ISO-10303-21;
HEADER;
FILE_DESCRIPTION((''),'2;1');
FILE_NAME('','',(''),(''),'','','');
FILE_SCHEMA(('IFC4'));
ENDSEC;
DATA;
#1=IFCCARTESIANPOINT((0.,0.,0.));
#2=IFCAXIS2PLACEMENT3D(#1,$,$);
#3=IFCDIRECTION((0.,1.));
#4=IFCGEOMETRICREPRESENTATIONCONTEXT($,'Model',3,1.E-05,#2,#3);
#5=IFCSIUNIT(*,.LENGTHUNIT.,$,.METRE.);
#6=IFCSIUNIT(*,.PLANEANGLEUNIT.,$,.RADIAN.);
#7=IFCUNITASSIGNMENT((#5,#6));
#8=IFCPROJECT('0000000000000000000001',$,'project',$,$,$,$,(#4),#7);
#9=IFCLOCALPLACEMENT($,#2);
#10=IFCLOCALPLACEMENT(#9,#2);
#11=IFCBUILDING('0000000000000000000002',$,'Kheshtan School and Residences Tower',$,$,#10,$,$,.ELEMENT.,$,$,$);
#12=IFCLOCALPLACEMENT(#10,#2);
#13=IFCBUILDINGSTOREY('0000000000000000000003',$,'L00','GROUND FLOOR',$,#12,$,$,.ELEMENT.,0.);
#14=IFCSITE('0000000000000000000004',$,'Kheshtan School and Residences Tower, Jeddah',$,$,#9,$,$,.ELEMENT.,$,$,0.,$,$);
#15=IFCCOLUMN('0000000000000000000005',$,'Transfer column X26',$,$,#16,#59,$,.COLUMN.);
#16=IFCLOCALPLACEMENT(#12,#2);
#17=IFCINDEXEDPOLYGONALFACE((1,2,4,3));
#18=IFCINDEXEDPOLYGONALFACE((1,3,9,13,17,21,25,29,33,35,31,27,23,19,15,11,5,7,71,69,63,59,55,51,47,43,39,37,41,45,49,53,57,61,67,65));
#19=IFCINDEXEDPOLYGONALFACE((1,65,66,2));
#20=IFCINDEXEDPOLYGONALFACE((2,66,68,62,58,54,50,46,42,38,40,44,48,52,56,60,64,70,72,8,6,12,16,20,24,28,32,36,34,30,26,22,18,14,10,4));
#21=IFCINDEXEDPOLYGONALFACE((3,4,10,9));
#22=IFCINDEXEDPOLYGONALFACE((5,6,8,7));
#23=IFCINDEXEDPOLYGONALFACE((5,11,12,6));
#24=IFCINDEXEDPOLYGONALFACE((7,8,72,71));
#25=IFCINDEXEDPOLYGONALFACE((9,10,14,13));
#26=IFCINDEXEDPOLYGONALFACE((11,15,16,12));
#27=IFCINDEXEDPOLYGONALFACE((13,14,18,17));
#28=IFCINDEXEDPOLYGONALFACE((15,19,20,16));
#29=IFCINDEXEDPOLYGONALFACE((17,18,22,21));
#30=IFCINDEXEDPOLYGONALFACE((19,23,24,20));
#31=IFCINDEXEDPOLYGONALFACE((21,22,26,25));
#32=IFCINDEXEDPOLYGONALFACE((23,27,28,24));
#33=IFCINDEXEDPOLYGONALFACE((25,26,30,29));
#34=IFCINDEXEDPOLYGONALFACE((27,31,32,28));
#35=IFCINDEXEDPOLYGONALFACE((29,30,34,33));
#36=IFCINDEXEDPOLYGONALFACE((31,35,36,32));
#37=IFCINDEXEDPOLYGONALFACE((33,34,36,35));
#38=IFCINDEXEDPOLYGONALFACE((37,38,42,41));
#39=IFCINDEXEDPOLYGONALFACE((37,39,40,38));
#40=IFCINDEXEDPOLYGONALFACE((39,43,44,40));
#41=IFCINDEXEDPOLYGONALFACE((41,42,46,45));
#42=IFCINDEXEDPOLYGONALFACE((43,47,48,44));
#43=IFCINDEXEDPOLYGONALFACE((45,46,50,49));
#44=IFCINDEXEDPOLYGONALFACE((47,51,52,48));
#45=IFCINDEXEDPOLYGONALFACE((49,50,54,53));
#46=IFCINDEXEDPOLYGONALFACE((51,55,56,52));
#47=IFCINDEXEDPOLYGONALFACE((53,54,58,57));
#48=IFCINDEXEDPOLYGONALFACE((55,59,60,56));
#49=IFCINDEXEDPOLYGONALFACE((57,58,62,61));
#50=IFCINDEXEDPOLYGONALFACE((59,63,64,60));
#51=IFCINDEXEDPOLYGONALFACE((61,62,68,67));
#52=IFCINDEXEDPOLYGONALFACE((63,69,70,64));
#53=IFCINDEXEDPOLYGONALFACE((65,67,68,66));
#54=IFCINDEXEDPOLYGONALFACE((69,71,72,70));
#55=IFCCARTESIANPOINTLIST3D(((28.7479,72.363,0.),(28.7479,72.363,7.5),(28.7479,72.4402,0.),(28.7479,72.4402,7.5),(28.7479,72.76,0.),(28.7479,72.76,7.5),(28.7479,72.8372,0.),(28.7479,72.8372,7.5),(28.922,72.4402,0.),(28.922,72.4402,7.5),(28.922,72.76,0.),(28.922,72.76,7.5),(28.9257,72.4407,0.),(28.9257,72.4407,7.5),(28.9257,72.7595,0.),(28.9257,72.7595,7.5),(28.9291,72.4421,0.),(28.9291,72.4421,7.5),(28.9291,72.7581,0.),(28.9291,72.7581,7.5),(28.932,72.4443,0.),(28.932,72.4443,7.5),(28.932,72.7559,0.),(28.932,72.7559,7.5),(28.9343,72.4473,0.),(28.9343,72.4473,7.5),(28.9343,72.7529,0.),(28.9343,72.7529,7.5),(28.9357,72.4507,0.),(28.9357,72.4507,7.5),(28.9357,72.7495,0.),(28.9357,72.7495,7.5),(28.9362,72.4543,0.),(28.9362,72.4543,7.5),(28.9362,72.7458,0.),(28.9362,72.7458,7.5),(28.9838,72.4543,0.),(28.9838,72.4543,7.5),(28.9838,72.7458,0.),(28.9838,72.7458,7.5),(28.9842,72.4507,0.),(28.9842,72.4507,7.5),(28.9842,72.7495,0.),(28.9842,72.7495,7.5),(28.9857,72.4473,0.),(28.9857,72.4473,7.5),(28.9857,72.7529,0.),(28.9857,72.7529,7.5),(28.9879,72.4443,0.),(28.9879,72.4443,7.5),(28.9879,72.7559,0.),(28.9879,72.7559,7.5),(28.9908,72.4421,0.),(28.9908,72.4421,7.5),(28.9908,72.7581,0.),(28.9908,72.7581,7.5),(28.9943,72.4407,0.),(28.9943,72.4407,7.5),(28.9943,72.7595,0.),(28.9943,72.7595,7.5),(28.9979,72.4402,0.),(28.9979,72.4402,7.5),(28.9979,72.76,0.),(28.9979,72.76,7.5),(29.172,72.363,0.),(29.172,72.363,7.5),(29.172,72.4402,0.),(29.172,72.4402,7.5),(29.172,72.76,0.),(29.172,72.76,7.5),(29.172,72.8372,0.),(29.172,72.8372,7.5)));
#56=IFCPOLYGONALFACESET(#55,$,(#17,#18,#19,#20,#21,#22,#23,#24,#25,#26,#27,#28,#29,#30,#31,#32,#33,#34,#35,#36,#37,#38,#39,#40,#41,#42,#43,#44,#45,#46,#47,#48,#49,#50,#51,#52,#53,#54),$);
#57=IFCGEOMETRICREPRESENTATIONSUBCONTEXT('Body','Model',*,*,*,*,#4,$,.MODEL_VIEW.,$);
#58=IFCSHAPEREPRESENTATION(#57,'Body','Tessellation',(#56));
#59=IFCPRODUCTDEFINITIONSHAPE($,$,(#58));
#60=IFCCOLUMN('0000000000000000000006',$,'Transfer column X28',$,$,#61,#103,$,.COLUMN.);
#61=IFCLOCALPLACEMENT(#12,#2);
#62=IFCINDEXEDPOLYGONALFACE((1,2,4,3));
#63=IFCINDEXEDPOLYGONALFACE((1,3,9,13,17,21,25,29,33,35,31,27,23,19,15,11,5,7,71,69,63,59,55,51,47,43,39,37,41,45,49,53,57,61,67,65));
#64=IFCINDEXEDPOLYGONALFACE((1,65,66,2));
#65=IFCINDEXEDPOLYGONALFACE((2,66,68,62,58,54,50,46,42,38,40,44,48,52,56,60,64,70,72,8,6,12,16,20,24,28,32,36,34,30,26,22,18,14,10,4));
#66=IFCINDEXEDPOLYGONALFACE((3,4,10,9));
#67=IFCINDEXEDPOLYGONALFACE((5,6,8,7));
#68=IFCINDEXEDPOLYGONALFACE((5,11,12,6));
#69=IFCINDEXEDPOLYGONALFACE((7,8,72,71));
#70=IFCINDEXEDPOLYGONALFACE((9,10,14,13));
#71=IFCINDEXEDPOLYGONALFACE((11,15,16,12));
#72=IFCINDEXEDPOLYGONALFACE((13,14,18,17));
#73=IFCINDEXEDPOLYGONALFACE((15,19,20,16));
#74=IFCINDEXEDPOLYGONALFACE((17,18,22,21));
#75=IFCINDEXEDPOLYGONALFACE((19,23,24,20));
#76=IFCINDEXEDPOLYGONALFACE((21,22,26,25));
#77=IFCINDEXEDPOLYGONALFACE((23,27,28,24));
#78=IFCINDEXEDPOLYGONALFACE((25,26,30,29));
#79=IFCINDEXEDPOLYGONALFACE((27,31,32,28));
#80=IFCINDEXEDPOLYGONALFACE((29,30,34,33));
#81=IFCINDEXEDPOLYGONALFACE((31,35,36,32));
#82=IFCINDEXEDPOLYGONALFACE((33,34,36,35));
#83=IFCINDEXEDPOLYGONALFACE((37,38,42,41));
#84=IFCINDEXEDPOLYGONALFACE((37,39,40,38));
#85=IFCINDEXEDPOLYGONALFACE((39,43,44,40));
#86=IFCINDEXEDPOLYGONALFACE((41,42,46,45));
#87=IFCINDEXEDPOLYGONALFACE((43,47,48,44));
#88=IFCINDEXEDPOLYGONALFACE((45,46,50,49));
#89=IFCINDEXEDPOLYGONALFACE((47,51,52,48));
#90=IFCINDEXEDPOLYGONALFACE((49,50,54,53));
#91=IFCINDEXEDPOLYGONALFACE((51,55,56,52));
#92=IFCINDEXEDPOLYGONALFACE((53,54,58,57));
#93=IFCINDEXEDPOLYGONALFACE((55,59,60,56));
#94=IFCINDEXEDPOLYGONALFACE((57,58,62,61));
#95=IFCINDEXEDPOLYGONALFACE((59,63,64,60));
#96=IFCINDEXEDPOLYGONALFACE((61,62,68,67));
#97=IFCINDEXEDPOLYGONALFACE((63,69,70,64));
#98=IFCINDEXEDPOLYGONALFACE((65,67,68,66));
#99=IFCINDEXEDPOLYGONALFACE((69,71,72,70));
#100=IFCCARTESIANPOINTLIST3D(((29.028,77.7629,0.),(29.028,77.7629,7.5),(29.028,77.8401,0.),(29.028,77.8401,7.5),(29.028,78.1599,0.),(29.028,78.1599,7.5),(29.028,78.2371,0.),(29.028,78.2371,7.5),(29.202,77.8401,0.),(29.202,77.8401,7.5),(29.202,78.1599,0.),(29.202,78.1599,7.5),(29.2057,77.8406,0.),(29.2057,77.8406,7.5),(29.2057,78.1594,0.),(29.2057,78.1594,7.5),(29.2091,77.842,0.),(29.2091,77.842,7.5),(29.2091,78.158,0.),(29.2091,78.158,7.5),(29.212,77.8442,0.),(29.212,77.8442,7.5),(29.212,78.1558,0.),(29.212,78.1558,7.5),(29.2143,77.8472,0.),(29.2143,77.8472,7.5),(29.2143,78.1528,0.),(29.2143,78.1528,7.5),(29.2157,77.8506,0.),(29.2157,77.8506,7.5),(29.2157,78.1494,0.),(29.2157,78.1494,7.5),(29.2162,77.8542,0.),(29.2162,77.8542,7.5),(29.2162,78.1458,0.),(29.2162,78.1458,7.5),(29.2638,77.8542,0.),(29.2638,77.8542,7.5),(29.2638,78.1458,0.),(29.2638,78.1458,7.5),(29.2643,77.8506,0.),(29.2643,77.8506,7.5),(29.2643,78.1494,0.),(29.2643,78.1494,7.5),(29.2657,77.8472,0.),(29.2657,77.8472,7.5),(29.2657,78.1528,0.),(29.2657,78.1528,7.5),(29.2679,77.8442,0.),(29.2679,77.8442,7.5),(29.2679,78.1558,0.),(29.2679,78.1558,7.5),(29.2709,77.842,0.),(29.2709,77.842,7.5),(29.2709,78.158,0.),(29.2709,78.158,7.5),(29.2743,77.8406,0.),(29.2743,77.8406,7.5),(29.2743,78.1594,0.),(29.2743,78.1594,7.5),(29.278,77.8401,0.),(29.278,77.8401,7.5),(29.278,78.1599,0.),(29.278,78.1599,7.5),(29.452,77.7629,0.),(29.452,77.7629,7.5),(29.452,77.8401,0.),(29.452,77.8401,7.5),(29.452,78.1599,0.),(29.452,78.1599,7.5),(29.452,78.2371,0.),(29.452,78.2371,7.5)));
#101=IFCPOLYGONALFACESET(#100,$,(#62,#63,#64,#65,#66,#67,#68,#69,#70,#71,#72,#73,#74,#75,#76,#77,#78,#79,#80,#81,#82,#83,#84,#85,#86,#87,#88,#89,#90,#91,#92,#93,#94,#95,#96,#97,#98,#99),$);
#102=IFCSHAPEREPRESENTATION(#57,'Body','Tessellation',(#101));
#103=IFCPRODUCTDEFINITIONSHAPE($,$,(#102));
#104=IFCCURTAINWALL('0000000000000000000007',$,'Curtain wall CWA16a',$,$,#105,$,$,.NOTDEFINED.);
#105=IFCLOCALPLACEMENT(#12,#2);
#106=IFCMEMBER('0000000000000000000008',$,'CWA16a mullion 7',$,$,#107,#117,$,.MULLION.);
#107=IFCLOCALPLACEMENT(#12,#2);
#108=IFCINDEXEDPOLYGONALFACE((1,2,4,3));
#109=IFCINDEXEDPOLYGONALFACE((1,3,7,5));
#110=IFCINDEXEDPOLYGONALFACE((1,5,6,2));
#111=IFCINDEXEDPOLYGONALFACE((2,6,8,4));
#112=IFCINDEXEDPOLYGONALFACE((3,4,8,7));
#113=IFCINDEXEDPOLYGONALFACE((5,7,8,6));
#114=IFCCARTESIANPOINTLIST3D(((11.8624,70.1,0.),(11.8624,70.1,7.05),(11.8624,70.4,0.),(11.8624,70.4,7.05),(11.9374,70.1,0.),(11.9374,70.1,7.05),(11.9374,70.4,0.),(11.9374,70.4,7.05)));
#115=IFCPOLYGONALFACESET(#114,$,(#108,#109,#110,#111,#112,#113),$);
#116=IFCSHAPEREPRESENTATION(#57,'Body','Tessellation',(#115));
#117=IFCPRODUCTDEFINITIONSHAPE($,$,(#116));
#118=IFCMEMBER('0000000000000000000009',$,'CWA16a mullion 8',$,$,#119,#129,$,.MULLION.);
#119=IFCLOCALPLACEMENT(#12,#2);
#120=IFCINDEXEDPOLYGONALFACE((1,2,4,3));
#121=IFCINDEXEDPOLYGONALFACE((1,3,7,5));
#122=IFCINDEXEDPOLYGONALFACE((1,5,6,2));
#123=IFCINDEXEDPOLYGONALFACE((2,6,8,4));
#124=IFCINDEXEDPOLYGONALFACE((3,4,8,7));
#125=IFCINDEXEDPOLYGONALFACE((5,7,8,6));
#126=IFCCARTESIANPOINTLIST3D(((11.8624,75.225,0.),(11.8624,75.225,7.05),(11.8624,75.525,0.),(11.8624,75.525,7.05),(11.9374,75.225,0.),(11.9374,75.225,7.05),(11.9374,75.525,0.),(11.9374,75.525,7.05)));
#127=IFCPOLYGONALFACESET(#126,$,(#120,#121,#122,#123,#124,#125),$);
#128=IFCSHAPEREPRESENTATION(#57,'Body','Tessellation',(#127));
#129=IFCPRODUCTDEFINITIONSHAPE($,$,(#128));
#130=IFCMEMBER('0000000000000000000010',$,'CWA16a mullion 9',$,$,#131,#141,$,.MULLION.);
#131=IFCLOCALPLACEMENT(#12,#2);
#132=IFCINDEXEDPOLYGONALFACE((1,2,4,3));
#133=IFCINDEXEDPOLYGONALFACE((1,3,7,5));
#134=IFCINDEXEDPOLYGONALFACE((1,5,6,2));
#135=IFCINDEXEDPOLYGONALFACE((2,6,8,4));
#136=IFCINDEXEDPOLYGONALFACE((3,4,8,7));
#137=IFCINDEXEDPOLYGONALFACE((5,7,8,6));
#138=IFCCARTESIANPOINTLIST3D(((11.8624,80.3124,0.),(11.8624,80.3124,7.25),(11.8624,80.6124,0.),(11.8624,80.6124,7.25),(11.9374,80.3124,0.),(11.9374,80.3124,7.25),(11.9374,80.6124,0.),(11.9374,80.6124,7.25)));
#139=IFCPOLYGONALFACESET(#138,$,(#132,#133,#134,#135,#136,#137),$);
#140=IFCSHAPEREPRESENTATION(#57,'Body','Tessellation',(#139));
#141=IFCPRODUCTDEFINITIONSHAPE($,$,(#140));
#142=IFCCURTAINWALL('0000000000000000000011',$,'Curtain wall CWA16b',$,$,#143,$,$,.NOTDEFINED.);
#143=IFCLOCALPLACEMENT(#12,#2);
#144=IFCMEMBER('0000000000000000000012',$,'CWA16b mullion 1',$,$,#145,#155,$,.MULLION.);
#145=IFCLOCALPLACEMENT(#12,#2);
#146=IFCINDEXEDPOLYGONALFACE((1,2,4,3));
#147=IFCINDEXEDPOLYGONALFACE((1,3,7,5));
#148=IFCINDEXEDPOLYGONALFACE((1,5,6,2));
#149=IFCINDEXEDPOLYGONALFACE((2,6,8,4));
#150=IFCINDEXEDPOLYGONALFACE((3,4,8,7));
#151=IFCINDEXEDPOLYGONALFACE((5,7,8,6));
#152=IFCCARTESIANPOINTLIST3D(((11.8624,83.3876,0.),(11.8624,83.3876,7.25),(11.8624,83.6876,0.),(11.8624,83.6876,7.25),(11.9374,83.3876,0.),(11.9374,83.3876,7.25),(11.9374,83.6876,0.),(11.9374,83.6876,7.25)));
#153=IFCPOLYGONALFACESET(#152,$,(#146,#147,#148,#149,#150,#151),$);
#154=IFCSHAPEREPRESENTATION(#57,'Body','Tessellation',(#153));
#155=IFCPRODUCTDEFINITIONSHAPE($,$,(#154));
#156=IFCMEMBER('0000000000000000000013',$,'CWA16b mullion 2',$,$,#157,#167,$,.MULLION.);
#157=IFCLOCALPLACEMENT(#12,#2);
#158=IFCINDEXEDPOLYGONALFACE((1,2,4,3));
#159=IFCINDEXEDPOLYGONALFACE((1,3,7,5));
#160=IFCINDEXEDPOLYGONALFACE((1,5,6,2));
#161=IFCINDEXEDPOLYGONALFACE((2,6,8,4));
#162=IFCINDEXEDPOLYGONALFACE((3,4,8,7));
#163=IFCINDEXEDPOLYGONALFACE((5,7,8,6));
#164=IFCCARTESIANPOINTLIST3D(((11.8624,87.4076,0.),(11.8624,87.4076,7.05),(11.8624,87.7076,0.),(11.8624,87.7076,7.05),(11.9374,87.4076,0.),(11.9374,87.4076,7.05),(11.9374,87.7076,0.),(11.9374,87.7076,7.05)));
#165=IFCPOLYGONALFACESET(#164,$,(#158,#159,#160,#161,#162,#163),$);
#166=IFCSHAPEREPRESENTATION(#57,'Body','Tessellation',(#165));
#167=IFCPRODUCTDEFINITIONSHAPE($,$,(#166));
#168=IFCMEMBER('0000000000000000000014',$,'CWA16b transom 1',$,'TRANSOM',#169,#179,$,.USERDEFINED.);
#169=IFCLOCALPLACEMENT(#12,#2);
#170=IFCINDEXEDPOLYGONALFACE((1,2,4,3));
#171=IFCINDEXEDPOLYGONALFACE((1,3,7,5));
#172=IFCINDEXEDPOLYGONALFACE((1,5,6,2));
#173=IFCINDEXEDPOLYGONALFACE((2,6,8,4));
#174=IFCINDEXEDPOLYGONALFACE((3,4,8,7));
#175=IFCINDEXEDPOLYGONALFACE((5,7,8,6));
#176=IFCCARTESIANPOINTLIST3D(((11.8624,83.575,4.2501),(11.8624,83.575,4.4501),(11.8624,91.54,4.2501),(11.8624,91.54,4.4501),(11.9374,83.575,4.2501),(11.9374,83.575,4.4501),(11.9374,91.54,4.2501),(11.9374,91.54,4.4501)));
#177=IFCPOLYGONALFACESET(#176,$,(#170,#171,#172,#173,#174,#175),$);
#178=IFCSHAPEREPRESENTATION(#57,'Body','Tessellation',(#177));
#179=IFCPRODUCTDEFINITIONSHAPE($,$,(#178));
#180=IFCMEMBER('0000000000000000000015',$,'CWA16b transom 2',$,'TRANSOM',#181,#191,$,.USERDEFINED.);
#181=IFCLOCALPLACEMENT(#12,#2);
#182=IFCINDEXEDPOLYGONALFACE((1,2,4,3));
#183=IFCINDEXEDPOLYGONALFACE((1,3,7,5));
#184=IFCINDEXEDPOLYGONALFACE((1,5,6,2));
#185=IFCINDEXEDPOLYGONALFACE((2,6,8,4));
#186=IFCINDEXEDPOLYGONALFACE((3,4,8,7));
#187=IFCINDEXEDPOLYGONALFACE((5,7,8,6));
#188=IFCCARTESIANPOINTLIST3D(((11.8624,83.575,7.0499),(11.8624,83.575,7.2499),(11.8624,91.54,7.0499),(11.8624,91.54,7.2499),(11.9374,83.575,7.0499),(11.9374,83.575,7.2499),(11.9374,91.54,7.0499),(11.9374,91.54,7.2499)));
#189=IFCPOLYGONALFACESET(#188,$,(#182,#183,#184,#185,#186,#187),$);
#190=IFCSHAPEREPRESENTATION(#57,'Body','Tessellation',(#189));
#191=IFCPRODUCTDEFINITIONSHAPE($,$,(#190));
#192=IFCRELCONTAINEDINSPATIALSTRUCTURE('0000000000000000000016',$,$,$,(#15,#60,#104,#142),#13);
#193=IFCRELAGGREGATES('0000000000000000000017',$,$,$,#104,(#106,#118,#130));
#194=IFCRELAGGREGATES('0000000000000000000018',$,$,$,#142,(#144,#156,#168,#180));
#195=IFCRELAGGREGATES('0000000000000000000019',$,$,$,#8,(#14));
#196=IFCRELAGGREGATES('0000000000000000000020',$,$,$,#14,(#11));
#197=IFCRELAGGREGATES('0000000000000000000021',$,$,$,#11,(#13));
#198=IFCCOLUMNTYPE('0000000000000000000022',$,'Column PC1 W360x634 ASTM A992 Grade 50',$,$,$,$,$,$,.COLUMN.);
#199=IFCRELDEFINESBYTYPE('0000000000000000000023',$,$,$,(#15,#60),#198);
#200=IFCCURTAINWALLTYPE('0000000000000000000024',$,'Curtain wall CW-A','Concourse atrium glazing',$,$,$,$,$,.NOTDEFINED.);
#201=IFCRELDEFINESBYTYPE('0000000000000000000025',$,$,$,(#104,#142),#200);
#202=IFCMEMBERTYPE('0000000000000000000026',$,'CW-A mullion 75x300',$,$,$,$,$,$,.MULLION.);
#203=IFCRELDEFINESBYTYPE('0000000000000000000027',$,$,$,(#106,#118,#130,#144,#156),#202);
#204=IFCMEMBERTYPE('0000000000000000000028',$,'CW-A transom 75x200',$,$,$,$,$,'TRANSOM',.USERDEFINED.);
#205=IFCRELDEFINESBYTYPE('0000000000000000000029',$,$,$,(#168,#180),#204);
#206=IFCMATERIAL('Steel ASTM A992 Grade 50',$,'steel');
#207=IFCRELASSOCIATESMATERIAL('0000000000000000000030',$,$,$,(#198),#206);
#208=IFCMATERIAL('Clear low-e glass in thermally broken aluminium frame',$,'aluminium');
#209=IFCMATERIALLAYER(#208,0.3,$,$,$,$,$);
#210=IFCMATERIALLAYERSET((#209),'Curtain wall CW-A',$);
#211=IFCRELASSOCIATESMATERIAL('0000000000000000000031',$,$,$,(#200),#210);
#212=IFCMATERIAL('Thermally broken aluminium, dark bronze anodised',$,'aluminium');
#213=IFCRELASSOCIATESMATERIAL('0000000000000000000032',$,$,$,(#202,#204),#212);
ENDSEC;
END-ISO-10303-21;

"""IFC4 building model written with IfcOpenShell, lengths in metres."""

from ifc_helpers import new_model, si_unit, direction, frame, origin, origin_2d, place, context, subcontext, project, spatial, rectangle, i_section, extrude, material, layer, layer_set, material_profile, profile_set, type_object, element, aggregate, save


model = new_model("IFC4")

# Units and contexts
model_context = context("Model", 3, precision=1e-05, world=origin(), true_north=direction((0.0, 1.0)))
body_context = subcontext(model_context, "Body", "Model", "MODEL_VIEW")
ifc_project = project(units=[si_unit("LENGTHUNIT", "METRE"), si_unit("PLANEANGLEUNIT", "RADIAN")], contexts=[model_context])

# Site, building, storey
site_placement = place(None, origin())
site = spatial("IfcSite", under=ifc_project, at=site_placement, Name="Kheshtan School and Residences Tower, Jeddah", CompositionType="ELEMENT", RefElevation=0.0)
building_placement = place(site_placement, origin())
building = spatial("IfcBuilding", under=site, at=building_placement, Name="Kheshtan School and Residences Tower", CompositionType="ELEMENT")
storey_placement = place(building_placement, origin())
storey = spatial("IfcBuildingStorey", under=building, at=storey_placement, Name="L00", Description="GROUND FLOOR", CompositionType="ELEMENT", Elevation=0.0)

# Columns
ifc_material_1 = material(Name="Steel ASTM A992 Grade 50", Category="steel")
ifc_material_profile_1 = material_profile(ifc_material_1, i_section(OverallWidth=0.4241, OverallDepth=0.4741, WebThickness=0.0476, FlangeThickness=0.0771, FilletRadius=0.0142, at=origin_2d()), Name="W360x634")
ifc_profile_set_1 = profile_set([ifc_material_profile_1], Name="Steel ASTM A992 Grade 50")
column_type = type_object("IfcColumnType", Name="Column PC1 W360x634 ASTM A992 Grade 50", PredefinedType="COLUMN", material=ifc_profile_set_1)
for number, where, z_axis, x_axis, name in (
    (1, (28.96, 72.6001, 0.0), (0.0, 0.0, 1.0), (1.0, 0.0, 0.0), "Transfer column X26"),
    (2, (29.24, 78.0, 0.0), (0.0, 0.0, 1.0), (1.0, 0.0, 0.0), "Transfer column X28"),
):
    element("IfcColumn", number, at=place(storey_placement, frame(where, z_axis=z_axis, x_axis=x_axis)), inside=storey, type_object=column_type, Name=name, PredefinedType="COLUMN", context=body_context, shape_type="SweptSolid", body=[
        extrude(i_section(OverallWidth=0.4241, OverallDepth=0.4741, WebThickness=0.0476, FlangeThickness=0.0771, FilletRadius=0.0142, at=origin_2d()), origin(), (0.0, 0.0, 1.0), 7.5),
    ])

# Curtain walls, members
ifc_material_2 = material(Name="Clear low-e glass in thermally broken aluminium frame", Category="aluminium")
ifc_layer_1 = layer(ifc_material_2, 0.3)
ifc_layer_set_1 = layer_set([ifc_layer_1], Name="Curtain wall CW-A")
curtain_wall_type = type_object("IfcCurtainWallType", Name="Curtain wall CW-A", Description="Concourse atrium glazing", PredefinedType="NOTDEFINED", material=ifc_layer_set_1)
curtain_wall_1_placement = place(storey_placement, origin())
curtain_wall_1 = element("IfcCurtainWall", 3, at=curtain_wall_1_placement, inside=storey, type_object=curtain_wall_type, Name="Curtain wall CWA16a", PredefinedType="NOTDEFINED")
ifc_material_3 = material(Name="Thermally broken aluminium, dark bronze anodised", Category="aluminium")
ifc_material_profile_2 = material_profile(ifc_material_3, rectangle(XDim=0.075, YDim=0.3, at=origin_2d()), Name="CW-A mullion 75x300")
ifc_profile_set_2 = profile_set([ifc_material_profile_2], Name="Thermally broken aluminium, dark bronze anodised")
member_type_1 = type_object("IfcMemberType", Name="CW-A mullion 75x300", PredefinedType="MULLION", material=ifc_profile_set_2)
member_1_placement = place(storey_placement, frame((11.8999, 70.25, 0.0), z_axis=(0.0, 0.0, 1.0), x_axis=(-1.0, 0.0, 0.0)))
member_1 = element("IfcMember", 4, at=member_1_placement, type_object=member_type_1, Name="CWA16a mullion 7", PredefinedType="MULLION", context=body_context, shape_type="SweptSolid", body=[
    extrude(rectangle(XDim=0.075, YDim=0.3, at=origin_2d()), origin(), (0.0, 0.0, 1.0), 7.05),
])
member_2_placement = place(storey_placement, frame((11.8999, 75.375, 0.0), z_axis=(0.0, 0.0, 1.0), x_axis=(-1.0, 0.0, 0.0)))
member_2 = element("IfcMember", 5, at=member_2_placement, type_object=member_type_1, Name="CWA16a mullion 8", PredefinedType="MULLION", context=body_context, shape_type="SweptSolid", body=[
    extrude(rectangle(XDim=0.075, YDim=0.3, at=origin_2d()), origin(), (0.0, 0.0, 1.0), 7.05),
])
member_3_placement = place(storey_placement, frame((11.8999, 80.4624, 0.0), z_axis=(0.0, 0.0, 1.0), x_axis=(-1.0, 0.0, 0.0)))
member_3 = element("IfcMember", 6, at=member_3_placement, type_object=member_type_1, Name="CWA16a mullion 9", PredefinedType="MULLION", context=body_context, shape_type="SweptSolid", body=[
    extrude(rectangle(XDim=0.075, YDim=0.3, at=origin_2d()), origin(), (0.0, 0.0, 1.0), 7.25),
])
curtain_wall_2_placement = place(storey_placement, origin())
curtain_wall_2 = element("IfcCurtainWall", 7, at=curtain_wall_2_placement, inside=storey, type_object=curtain_wall_type, Name="Curtain wall CWA16b", PredefinedType="NOTDEFINED")
member_4_placement = place(storey_placement, frame((11.8999, 83.5376, 0.0), z_axis=(0.0, 0.0, 1.0), x_axis=(-1.0, 0.0, 0.0)))
member_4 = element("IfcMember", 8, at=member_4_placement, type_object=member_type_1, Name="CWA16b mullion 1", PredefinedType="MULLION", context=body_context, shape_type="SweptSolid", body=[
    extrude(rectangle(XDim=0.075, YDim=0.3, at=origin_2d()), origin(), (0.0, 0.0, 1.0), 7.25),
])
member_5_placement = place(storey_placement, frame((11.8999, 87.5576, 0.0), z_axis=(0.0, 0.0, 1.0), x_axis=(-1.0, 0.0, 0.0)))
member_5 = element("IfcMember", 9, at=member_5_placement, type_object=member_type_1, Name="CWA16b mullion 2", PredefinedType="MULLION", context=body_context, shape_type="SweptSolid", body=[
    extrude(rectangle(XDim=0.075, YDim=0.3, at=origin_2d()), origin(), (0.0, 0.0, 1.0), 7.05),
])
ifc_material_profile_3 = material_profile(ifc_material_3, rectangle(XDim=0.075, YDim=0.2, at=origin_2d()), Name="CW-A transom 75x200")
ifc_profile_set_3 = profile_set([ifc_material_profile_3], Name="Thermally broken aluminium, dark bronze anodised")
member_type_2 = type_object("IfcMemberType", Name="CW-A transom 75x200", ElementType="TRANSOM", PredefinedType="USERDEFINED", material=ifc_profile_set_3)
member_6_placement = place(storey_placement, frame((11.8999, 83.575, 4.3501), z_axis=(0.0, 1.0, 0.0), x_axis=(-1.0, 0.0, 0.0)))
member_6 = element("IfcMember", 10, at=member_6_placement, type_object=member_type_2, Name="CWA16b transom 1", ObjectType="TRANSOM", PredefinedType="USERDEFINED", context=body_context, shape_type="SweptSolid", body=[
    extrude(rectangle(XDim=0.075, YDim=0.2, at=origin_2d()), origin(), (0.0, 0.0, 1.0), 7.9651),
])
member_7_placement = place(storey_placement, frame((11.8999, 83.575, 7.1499), z_axis=(0.0, 1.0, 0.0), x_axis=(-1.0, 0.0, 0.0)))
member_7 = element("IfcMember", 11, at=member_7_placement, type_object=member_type_2, Name="CWA16b transom 2", ObjectType="TRANSOM", PredefinedType="USERDEFINED", context=body_context, shape_type="SweptSolid", body=[
    extrude(rectangle(XDim=0.075, YDim=0.2, at=origin_2d()), origin(), (0.0, 0.0, 1.0), 7.9651),
])

aggregate(curtain_wall_1, [member_1, member_2, member_3])
aggregate(curtain_wall_2, [member_4, member_5, member_6, member_7])

save(model, "model.ifc")
